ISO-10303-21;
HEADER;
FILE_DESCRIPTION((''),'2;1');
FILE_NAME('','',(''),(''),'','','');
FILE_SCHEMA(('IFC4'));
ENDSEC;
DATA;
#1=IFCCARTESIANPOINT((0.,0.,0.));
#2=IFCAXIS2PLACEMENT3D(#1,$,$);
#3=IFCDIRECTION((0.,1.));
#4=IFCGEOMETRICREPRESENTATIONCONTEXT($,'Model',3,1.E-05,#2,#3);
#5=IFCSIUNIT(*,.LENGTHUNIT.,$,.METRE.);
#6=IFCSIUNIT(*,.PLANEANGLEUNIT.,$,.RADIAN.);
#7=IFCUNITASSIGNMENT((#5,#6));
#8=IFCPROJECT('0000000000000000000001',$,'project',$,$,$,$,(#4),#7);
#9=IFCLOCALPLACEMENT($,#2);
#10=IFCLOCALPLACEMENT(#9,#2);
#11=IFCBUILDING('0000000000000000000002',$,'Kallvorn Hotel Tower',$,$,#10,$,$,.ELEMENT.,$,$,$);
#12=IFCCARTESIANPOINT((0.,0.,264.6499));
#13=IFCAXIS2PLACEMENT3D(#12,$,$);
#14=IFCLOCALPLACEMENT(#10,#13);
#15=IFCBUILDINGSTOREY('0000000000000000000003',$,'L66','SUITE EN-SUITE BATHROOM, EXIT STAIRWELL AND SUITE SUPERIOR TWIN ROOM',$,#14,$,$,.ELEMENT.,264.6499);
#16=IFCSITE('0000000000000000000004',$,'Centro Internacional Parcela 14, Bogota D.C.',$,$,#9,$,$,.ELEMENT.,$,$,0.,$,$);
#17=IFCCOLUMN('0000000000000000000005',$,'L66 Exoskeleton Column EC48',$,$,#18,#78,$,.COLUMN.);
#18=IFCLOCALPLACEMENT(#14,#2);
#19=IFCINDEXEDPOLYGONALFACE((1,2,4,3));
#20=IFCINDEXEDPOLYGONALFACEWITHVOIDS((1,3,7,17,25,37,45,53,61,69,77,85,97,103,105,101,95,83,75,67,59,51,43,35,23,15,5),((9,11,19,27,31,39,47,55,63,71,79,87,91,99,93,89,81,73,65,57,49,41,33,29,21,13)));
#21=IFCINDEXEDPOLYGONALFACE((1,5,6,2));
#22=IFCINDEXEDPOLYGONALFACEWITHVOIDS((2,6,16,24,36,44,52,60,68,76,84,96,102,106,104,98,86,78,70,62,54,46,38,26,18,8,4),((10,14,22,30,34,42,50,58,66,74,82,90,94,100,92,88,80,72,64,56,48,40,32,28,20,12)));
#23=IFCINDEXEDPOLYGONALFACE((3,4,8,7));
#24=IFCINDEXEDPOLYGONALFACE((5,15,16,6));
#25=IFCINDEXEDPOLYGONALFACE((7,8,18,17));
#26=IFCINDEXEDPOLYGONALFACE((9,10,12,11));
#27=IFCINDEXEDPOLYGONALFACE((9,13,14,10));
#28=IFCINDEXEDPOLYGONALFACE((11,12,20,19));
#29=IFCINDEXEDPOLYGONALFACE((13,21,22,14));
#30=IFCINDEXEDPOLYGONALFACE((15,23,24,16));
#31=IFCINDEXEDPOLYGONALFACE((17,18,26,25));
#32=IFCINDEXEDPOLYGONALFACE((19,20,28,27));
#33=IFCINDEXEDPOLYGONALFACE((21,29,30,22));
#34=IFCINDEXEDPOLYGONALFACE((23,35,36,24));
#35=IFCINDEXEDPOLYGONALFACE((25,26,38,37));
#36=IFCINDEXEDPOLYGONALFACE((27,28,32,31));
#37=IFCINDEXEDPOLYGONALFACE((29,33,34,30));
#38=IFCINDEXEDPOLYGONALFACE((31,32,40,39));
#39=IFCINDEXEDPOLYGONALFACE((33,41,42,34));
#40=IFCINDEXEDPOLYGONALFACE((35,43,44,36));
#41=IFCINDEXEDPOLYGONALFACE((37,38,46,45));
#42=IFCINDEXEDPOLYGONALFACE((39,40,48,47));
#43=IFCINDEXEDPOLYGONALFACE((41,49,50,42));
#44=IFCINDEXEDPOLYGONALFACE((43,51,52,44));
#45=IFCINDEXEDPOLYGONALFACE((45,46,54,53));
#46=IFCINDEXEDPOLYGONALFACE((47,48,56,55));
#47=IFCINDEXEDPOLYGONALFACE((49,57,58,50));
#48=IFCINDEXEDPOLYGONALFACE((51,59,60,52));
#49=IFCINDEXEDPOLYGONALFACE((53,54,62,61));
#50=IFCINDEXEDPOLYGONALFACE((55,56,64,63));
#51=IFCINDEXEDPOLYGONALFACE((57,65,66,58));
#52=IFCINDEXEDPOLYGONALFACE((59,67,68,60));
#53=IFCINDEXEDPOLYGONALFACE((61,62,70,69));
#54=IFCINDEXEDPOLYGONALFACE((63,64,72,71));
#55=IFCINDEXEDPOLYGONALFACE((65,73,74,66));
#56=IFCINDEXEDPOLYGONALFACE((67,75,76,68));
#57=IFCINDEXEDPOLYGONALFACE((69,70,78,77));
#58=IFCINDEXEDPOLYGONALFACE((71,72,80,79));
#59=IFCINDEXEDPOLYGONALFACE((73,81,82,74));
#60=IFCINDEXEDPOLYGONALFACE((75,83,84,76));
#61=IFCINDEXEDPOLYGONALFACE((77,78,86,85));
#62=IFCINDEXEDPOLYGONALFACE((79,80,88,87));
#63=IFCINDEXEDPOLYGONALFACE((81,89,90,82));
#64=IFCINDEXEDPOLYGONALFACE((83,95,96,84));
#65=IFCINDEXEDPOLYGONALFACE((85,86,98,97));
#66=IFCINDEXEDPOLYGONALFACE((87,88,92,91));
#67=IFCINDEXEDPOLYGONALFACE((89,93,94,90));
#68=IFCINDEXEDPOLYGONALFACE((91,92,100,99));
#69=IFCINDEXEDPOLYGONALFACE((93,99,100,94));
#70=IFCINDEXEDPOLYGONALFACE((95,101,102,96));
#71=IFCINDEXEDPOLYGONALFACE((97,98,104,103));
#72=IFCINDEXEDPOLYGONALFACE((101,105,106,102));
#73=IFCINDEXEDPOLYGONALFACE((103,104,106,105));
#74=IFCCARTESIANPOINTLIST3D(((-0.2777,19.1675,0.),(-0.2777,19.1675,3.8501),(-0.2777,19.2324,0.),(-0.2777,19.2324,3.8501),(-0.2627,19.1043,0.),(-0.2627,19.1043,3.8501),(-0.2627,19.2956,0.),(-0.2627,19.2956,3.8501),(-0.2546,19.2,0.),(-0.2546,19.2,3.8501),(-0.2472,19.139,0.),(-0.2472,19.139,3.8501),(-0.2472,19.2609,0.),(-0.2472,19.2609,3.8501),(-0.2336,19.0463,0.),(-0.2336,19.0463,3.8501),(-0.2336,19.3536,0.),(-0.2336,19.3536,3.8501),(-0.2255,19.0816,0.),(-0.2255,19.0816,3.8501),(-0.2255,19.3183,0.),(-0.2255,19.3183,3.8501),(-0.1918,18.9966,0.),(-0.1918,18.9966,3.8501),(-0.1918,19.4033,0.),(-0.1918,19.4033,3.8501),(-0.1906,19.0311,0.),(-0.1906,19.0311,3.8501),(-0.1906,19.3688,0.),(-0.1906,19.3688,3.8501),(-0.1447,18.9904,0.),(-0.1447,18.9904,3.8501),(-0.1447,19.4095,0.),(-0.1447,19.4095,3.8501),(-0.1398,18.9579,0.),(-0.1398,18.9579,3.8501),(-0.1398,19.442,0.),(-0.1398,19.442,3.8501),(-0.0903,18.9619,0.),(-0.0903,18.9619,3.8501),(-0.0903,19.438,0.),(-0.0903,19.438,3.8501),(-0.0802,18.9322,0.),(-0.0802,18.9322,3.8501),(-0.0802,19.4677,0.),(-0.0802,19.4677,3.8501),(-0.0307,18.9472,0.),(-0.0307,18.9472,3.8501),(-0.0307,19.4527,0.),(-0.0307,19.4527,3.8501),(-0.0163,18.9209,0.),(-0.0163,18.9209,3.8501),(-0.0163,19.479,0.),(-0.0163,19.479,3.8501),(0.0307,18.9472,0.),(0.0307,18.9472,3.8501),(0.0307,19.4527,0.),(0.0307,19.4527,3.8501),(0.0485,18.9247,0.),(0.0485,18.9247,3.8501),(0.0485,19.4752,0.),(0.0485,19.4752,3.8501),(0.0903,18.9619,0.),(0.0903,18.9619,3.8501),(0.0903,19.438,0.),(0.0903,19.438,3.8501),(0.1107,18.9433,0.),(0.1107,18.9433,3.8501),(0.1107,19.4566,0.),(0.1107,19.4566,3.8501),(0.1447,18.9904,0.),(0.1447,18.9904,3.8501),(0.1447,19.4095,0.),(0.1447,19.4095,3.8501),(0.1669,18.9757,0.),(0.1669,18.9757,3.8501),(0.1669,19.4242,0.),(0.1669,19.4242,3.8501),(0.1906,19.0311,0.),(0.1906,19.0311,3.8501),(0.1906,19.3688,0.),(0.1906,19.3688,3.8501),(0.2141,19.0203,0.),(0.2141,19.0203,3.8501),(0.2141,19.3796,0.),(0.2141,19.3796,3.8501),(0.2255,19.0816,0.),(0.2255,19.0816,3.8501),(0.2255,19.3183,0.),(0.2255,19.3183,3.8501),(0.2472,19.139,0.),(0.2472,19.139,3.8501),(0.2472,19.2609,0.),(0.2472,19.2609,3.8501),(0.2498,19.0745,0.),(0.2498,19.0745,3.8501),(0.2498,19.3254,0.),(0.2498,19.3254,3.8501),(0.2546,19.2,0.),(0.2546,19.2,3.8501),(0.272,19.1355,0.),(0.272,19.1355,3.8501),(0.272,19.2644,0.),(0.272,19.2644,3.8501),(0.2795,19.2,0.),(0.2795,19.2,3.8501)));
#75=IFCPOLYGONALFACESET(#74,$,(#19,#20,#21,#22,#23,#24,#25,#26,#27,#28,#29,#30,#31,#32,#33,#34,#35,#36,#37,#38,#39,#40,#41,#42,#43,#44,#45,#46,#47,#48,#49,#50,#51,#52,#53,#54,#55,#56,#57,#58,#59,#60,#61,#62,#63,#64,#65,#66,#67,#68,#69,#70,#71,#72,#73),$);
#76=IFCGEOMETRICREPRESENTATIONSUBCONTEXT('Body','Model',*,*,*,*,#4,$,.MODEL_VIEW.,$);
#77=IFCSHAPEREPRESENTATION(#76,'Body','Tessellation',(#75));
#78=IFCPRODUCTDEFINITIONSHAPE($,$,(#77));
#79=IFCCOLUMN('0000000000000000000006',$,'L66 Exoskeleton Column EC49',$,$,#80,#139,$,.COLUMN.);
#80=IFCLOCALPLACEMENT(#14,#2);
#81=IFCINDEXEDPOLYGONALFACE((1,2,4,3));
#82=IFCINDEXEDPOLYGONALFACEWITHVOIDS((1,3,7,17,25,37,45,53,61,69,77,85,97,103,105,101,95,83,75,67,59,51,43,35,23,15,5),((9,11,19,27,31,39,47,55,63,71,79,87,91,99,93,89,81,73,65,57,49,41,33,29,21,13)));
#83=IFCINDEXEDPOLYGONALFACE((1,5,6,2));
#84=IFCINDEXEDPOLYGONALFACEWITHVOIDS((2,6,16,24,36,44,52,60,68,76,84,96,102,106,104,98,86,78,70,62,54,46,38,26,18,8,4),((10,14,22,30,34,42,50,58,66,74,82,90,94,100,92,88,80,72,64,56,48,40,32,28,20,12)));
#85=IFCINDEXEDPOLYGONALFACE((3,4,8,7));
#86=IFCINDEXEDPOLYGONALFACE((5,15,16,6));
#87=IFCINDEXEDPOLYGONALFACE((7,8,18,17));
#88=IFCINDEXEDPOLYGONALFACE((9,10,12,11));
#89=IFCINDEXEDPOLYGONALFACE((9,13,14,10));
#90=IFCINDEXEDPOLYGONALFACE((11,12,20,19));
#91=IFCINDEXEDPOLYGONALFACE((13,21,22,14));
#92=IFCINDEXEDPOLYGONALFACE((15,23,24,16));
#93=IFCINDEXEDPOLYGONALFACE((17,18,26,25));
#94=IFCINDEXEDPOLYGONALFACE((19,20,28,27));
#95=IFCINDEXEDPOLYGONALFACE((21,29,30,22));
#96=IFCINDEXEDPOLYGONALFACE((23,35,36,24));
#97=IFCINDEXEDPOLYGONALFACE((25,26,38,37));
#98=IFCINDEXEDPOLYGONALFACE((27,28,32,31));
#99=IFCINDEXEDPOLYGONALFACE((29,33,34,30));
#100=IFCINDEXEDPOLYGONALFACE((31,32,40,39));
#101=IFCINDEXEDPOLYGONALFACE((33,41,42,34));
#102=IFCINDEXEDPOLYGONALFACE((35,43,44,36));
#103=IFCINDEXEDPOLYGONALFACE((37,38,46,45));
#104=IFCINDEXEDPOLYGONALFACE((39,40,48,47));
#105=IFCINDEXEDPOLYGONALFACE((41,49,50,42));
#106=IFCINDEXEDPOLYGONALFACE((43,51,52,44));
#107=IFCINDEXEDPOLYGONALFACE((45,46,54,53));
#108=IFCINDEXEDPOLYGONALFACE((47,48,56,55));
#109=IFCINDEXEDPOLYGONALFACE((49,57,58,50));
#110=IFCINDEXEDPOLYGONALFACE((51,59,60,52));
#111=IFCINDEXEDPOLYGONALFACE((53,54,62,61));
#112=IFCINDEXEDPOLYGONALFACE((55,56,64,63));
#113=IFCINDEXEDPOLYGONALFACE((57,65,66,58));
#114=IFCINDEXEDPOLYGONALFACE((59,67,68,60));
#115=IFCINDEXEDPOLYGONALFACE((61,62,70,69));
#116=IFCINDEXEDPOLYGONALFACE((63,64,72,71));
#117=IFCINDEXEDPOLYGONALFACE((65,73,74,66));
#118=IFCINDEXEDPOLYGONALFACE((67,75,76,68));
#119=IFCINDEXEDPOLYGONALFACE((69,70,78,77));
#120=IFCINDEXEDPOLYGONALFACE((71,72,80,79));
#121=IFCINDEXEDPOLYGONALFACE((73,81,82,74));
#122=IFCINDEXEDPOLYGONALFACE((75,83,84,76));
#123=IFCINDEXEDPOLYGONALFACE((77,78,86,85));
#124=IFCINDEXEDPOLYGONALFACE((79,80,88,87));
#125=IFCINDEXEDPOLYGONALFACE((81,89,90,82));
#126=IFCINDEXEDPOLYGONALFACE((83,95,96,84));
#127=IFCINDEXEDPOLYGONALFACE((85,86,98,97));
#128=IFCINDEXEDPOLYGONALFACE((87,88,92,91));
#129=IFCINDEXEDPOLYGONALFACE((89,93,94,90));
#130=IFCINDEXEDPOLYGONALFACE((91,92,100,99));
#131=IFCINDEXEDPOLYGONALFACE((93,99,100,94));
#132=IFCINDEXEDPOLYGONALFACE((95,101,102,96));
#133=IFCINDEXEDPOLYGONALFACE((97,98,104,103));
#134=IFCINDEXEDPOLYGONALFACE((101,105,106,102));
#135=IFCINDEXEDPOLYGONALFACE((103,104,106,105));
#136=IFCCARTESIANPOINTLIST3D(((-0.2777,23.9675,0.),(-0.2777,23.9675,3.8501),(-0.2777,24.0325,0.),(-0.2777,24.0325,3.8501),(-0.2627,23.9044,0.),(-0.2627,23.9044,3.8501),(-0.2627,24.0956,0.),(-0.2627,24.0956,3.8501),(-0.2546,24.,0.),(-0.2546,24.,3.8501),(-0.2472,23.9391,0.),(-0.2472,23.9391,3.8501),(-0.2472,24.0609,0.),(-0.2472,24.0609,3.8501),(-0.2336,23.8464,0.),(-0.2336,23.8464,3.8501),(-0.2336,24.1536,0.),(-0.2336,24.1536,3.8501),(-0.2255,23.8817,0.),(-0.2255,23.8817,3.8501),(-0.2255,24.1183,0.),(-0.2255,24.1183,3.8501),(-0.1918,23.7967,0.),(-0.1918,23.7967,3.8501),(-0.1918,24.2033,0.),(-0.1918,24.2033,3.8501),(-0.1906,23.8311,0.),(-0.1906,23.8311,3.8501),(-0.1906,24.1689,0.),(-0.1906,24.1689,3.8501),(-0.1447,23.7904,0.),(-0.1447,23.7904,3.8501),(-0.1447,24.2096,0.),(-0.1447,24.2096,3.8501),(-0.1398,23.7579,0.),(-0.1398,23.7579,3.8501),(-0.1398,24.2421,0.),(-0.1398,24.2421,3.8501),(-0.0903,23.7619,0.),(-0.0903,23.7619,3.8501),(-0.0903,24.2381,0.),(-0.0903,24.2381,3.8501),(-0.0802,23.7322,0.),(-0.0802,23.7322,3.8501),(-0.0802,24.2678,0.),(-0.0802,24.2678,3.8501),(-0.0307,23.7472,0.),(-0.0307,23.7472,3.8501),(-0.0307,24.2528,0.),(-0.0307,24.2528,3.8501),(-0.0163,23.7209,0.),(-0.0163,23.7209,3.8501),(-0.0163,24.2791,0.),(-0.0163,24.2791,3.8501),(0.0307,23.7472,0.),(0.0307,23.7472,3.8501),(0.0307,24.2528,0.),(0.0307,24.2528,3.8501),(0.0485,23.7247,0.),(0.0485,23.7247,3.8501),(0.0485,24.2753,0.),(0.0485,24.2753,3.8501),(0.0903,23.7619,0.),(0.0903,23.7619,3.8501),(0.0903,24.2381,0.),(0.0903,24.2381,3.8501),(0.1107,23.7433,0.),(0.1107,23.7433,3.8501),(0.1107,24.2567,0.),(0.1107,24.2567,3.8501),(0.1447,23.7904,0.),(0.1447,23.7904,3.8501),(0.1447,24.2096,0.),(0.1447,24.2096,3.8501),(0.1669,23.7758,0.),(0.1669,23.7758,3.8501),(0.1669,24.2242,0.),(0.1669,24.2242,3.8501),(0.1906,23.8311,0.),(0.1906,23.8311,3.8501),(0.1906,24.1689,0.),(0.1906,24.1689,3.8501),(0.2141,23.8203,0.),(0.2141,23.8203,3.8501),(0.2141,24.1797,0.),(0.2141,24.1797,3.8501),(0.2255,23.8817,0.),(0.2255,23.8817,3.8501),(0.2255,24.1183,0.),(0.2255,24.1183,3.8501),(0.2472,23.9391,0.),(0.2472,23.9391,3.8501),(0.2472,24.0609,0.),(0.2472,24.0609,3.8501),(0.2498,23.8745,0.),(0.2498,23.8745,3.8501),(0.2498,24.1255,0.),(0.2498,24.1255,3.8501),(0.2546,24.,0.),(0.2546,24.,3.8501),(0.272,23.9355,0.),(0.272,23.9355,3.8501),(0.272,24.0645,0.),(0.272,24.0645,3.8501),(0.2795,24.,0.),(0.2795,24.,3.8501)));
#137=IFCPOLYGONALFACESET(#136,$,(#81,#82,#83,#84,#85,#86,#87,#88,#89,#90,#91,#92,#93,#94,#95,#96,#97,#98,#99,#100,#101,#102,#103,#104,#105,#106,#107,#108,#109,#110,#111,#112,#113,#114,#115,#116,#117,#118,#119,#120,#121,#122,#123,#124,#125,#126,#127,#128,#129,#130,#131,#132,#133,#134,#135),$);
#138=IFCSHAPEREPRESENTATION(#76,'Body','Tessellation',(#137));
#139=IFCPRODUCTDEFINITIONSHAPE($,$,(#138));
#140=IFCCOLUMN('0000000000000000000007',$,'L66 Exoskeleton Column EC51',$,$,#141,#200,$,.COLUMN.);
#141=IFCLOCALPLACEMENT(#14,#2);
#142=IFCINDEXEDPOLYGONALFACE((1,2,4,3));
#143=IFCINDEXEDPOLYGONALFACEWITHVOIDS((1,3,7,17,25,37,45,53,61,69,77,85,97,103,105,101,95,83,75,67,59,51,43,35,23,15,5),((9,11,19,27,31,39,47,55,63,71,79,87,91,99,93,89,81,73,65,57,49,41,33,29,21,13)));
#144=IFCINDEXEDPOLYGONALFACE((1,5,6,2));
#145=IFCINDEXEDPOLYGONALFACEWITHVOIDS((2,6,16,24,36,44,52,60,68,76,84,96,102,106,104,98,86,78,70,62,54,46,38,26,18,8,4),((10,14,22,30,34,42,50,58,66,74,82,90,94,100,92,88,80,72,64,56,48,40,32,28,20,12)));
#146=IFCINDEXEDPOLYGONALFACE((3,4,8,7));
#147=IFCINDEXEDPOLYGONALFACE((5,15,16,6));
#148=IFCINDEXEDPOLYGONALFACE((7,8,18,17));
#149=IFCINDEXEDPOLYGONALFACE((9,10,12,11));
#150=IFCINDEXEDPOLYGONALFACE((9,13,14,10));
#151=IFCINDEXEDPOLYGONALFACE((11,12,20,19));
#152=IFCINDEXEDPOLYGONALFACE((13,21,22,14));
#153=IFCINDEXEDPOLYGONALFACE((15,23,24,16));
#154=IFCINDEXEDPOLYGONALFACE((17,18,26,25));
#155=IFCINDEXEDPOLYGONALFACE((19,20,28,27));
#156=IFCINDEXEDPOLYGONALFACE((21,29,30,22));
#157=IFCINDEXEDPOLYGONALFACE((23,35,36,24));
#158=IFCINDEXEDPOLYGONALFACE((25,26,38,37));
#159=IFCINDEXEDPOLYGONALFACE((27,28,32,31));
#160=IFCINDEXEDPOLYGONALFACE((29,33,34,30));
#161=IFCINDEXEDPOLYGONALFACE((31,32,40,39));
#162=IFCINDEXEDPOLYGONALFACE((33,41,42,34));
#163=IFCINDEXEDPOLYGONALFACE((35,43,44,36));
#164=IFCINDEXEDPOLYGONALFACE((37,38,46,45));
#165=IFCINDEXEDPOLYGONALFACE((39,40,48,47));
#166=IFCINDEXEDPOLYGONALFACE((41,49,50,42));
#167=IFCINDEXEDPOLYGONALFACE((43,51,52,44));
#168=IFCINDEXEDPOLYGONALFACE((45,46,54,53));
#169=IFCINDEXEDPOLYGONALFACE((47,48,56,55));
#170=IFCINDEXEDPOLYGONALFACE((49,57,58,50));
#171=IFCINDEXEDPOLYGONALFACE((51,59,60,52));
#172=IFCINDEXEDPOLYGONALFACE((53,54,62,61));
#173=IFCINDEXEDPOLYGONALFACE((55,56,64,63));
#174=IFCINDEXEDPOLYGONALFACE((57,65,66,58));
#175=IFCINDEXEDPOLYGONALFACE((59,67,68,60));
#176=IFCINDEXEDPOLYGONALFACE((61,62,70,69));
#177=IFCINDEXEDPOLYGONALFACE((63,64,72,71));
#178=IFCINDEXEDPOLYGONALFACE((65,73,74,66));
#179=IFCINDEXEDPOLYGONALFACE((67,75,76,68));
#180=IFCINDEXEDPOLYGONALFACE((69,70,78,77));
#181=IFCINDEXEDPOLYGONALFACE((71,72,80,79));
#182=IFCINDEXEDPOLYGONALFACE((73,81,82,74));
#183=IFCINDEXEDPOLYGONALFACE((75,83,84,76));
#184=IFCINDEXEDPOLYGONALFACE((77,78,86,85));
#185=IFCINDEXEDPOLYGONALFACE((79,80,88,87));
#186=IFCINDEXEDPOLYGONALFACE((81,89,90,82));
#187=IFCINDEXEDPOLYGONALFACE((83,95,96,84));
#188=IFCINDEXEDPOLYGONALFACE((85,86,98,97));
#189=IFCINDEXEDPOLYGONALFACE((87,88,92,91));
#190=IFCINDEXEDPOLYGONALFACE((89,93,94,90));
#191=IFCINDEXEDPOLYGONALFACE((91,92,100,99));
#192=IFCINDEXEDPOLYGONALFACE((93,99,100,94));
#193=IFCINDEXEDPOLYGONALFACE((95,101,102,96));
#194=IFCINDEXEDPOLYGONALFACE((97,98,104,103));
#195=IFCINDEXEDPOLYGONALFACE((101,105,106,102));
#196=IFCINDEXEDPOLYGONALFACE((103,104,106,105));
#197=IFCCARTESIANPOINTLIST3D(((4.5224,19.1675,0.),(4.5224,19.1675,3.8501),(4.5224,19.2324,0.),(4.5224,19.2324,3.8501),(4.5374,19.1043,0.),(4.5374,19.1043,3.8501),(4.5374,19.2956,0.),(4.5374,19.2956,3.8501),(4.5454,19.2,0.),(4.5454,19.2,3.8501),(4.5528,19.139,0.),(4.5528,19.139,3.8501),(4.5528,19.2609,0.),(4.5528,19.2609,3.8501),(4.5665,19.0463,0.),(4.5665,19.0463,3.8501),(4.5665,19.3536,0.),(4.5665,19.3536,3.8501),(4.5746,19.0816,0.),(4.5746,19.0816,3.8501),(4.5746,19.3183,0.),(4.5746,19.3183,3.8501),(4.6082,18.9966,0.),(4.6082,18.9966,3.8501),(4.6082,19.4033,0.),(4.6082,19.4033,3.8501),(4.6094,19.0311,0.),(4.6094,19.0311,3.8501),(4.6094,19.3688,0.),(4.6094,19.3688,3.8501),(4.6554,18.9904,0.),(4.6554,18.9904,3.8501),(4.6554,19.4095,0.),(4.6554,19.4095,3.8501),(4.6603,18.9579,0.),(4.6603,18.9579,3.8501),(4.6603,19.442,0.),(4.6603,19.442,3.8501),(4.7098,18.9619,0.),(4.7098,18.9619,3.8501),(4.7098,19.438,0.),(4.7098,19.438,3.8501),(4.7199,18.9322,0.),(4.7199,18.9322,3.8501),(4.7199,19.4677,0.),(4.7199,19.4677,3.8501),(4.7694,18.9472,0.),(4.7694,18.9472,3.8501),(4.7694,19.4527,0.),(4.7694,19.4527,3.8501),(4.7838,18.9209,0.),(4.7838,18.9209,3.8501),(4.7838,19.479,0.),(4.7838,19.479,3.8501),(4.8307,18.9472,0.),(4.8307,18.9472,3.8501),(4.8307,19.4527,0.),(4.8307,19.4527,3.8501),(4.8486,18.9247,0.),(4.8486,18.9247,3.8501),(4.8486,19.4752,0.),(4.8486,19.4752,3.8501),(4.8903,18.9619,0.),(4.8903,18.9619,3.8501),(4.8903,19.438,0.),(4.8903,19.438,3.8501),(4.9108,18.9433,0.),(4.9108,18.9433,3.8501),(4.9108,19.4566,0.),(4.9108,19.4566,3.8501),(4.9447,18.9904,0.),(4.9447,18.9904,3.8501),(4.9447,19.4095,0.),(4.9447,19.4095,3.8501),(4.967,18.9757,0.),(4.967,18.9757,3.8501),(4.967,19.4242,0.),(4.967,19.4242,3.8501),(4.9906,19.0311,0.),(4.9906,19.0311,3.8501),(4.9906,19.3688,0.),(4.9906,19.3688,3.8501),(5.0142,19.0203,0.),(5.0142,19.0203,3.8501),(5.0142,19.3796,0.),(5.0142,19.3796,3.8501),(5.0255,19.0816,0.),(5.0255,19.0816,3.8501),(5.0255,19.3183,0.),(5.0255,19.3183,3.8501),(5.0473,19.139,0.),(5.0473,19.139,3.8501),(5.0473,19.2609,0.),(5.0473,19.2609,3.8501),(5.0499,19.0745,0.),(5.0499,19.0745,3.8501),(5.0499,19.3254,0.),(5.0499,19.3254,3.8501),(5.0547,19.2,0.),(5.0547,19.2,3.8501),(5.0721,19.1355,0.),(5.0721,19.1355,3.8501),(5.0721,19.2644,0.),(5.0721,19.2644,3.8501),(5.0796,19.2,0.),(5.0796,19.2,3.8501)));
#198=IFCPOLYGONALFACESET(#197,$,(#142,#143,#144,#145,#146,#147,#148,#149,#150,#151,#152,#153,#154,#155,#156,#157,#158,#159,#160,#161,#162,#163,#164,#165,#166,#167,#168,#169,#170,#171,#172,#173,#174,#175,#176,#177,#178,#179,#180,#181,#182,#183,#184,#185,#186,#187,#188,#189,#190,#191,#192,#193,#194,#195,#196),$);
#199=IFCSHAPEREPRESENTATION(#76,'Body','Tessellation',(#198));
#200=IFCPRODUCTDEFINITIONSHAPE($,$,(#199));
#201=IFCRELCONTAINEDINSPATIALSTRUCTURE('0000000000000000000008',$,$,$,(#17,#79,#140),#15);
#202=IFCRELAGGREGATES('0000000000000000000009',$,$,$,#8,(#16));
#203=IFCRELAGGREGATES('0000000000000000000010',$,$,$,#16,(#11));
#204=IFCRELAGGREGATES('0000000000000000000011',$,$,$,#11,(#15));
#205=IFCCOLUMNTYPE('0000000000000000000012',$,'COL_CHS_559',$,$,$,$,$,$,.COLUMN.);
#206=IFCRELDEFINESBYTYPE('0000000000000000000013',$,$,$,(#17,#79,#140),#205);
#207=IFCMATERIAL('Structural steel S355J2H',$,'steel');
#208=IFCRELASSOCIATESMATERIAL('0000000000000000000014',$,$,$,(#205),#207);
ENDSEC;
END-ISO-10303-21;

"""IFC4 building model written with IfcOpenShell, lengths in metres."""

from ifc_helpers import new_model, si_unit, direction, frame, origin, origin_2d, place, context, subcontext, project, spatial, hollow_circle, extrude, material, material_profile, profile_set, type_object, element, save


model = new_model("IFC4")

# Units and contexts
model_context = context("Model", 3, precision=1e-05, world=origin(), true_north=direction((0.0, 1.0)))
body_context = subcontext(model_context, "Body", "Model", "MODEL_VIEW")
ifc_project = project(units=[si_unit("LENGTHUNIT", "METRE"), si_unit("PLANEANGLEUNIT", "RADIAN")], contexts=[model_context])

# Site, building, storey
site_placement = place(None, origin())
site = spatial("IfcSite", under=ifc_project, at=site_placement, Name="Centro Internacional Parcela 14, Bogota D.C.", CompositionType="ELEMENT", RefElevation=0.0)
building_placement = place(site_placement, origin())
building = spatial("IfcBuilding", under=site, at=building_placement, Name="Kallvorn Hotel Tower", CompositionType="ELEMENT")
storey_placement = place(building_placement, frame((0.0, 0.0, 264.6499)))
storey = spatial("IfcBuildingStorey", under=building, at=storey_placement, Name="L66", Description="SUITE EN-SUITE BATHROOM, EXIT STAIRWELL AND SUITE SUPERIOR TWIN ROOM", CompositionType="ELEMENT", Elevation=264.6499)

# Columns
ifc_material_1 = material(Name="Structural steel S355J2H", Category="steel")
ifc_material_profile_1 = material_profile(ifc_material_1, hollow_circle(Radius=0.2795, WallThickness=0.0249, at=origin_2d()), Name="CHS 559x25")
ifc_profile_set_1 = profile_set([ifc_material_profile_1], Name="Structural steel S355J2H")
column_type_1 = type_object("IfcColumnType", Name="COL_CHS_559", PredefinedType="COLUMN", material=ifc_profile_set_1)
for number, where, z_axis, x_axis, name in (
    (1, (0.0, 19.2, 0.0), (0.0, 0.0, 1.0), (1.0, 0.0, 0.0), "L66 Exoskeleton Column EC48"),
    (2, (0.0, 24.0, 0.0), (0.0, 0.0, 1.0), (1.0, 0.0, 0.0), "L66 Exoskeleton Column EC49"),
    (3, (4.8, 19.2, 0.0), (0.0, 0.0, 1.0), (1.0, 0.0, 0.0), "L66 Exoskeleton Column EC51"),
):
    element("IfcColumn", number, at=place(storey_placement, frame(where, z_axis=z_axis, x_axis=x_axis)), inside=storey, type_object=column_type_1, Name=name, PredefinedType="COLUMN", context=body_context, shape_type="SweptSolid", body=[
        extrude(hollow_circle(Radius=0.2795, WallThickness=0.0249, at=origin_2d()), origin(), (0.0, 0.0, 1.0), 3.8501),
    ])

save(model, "model.ifc")
